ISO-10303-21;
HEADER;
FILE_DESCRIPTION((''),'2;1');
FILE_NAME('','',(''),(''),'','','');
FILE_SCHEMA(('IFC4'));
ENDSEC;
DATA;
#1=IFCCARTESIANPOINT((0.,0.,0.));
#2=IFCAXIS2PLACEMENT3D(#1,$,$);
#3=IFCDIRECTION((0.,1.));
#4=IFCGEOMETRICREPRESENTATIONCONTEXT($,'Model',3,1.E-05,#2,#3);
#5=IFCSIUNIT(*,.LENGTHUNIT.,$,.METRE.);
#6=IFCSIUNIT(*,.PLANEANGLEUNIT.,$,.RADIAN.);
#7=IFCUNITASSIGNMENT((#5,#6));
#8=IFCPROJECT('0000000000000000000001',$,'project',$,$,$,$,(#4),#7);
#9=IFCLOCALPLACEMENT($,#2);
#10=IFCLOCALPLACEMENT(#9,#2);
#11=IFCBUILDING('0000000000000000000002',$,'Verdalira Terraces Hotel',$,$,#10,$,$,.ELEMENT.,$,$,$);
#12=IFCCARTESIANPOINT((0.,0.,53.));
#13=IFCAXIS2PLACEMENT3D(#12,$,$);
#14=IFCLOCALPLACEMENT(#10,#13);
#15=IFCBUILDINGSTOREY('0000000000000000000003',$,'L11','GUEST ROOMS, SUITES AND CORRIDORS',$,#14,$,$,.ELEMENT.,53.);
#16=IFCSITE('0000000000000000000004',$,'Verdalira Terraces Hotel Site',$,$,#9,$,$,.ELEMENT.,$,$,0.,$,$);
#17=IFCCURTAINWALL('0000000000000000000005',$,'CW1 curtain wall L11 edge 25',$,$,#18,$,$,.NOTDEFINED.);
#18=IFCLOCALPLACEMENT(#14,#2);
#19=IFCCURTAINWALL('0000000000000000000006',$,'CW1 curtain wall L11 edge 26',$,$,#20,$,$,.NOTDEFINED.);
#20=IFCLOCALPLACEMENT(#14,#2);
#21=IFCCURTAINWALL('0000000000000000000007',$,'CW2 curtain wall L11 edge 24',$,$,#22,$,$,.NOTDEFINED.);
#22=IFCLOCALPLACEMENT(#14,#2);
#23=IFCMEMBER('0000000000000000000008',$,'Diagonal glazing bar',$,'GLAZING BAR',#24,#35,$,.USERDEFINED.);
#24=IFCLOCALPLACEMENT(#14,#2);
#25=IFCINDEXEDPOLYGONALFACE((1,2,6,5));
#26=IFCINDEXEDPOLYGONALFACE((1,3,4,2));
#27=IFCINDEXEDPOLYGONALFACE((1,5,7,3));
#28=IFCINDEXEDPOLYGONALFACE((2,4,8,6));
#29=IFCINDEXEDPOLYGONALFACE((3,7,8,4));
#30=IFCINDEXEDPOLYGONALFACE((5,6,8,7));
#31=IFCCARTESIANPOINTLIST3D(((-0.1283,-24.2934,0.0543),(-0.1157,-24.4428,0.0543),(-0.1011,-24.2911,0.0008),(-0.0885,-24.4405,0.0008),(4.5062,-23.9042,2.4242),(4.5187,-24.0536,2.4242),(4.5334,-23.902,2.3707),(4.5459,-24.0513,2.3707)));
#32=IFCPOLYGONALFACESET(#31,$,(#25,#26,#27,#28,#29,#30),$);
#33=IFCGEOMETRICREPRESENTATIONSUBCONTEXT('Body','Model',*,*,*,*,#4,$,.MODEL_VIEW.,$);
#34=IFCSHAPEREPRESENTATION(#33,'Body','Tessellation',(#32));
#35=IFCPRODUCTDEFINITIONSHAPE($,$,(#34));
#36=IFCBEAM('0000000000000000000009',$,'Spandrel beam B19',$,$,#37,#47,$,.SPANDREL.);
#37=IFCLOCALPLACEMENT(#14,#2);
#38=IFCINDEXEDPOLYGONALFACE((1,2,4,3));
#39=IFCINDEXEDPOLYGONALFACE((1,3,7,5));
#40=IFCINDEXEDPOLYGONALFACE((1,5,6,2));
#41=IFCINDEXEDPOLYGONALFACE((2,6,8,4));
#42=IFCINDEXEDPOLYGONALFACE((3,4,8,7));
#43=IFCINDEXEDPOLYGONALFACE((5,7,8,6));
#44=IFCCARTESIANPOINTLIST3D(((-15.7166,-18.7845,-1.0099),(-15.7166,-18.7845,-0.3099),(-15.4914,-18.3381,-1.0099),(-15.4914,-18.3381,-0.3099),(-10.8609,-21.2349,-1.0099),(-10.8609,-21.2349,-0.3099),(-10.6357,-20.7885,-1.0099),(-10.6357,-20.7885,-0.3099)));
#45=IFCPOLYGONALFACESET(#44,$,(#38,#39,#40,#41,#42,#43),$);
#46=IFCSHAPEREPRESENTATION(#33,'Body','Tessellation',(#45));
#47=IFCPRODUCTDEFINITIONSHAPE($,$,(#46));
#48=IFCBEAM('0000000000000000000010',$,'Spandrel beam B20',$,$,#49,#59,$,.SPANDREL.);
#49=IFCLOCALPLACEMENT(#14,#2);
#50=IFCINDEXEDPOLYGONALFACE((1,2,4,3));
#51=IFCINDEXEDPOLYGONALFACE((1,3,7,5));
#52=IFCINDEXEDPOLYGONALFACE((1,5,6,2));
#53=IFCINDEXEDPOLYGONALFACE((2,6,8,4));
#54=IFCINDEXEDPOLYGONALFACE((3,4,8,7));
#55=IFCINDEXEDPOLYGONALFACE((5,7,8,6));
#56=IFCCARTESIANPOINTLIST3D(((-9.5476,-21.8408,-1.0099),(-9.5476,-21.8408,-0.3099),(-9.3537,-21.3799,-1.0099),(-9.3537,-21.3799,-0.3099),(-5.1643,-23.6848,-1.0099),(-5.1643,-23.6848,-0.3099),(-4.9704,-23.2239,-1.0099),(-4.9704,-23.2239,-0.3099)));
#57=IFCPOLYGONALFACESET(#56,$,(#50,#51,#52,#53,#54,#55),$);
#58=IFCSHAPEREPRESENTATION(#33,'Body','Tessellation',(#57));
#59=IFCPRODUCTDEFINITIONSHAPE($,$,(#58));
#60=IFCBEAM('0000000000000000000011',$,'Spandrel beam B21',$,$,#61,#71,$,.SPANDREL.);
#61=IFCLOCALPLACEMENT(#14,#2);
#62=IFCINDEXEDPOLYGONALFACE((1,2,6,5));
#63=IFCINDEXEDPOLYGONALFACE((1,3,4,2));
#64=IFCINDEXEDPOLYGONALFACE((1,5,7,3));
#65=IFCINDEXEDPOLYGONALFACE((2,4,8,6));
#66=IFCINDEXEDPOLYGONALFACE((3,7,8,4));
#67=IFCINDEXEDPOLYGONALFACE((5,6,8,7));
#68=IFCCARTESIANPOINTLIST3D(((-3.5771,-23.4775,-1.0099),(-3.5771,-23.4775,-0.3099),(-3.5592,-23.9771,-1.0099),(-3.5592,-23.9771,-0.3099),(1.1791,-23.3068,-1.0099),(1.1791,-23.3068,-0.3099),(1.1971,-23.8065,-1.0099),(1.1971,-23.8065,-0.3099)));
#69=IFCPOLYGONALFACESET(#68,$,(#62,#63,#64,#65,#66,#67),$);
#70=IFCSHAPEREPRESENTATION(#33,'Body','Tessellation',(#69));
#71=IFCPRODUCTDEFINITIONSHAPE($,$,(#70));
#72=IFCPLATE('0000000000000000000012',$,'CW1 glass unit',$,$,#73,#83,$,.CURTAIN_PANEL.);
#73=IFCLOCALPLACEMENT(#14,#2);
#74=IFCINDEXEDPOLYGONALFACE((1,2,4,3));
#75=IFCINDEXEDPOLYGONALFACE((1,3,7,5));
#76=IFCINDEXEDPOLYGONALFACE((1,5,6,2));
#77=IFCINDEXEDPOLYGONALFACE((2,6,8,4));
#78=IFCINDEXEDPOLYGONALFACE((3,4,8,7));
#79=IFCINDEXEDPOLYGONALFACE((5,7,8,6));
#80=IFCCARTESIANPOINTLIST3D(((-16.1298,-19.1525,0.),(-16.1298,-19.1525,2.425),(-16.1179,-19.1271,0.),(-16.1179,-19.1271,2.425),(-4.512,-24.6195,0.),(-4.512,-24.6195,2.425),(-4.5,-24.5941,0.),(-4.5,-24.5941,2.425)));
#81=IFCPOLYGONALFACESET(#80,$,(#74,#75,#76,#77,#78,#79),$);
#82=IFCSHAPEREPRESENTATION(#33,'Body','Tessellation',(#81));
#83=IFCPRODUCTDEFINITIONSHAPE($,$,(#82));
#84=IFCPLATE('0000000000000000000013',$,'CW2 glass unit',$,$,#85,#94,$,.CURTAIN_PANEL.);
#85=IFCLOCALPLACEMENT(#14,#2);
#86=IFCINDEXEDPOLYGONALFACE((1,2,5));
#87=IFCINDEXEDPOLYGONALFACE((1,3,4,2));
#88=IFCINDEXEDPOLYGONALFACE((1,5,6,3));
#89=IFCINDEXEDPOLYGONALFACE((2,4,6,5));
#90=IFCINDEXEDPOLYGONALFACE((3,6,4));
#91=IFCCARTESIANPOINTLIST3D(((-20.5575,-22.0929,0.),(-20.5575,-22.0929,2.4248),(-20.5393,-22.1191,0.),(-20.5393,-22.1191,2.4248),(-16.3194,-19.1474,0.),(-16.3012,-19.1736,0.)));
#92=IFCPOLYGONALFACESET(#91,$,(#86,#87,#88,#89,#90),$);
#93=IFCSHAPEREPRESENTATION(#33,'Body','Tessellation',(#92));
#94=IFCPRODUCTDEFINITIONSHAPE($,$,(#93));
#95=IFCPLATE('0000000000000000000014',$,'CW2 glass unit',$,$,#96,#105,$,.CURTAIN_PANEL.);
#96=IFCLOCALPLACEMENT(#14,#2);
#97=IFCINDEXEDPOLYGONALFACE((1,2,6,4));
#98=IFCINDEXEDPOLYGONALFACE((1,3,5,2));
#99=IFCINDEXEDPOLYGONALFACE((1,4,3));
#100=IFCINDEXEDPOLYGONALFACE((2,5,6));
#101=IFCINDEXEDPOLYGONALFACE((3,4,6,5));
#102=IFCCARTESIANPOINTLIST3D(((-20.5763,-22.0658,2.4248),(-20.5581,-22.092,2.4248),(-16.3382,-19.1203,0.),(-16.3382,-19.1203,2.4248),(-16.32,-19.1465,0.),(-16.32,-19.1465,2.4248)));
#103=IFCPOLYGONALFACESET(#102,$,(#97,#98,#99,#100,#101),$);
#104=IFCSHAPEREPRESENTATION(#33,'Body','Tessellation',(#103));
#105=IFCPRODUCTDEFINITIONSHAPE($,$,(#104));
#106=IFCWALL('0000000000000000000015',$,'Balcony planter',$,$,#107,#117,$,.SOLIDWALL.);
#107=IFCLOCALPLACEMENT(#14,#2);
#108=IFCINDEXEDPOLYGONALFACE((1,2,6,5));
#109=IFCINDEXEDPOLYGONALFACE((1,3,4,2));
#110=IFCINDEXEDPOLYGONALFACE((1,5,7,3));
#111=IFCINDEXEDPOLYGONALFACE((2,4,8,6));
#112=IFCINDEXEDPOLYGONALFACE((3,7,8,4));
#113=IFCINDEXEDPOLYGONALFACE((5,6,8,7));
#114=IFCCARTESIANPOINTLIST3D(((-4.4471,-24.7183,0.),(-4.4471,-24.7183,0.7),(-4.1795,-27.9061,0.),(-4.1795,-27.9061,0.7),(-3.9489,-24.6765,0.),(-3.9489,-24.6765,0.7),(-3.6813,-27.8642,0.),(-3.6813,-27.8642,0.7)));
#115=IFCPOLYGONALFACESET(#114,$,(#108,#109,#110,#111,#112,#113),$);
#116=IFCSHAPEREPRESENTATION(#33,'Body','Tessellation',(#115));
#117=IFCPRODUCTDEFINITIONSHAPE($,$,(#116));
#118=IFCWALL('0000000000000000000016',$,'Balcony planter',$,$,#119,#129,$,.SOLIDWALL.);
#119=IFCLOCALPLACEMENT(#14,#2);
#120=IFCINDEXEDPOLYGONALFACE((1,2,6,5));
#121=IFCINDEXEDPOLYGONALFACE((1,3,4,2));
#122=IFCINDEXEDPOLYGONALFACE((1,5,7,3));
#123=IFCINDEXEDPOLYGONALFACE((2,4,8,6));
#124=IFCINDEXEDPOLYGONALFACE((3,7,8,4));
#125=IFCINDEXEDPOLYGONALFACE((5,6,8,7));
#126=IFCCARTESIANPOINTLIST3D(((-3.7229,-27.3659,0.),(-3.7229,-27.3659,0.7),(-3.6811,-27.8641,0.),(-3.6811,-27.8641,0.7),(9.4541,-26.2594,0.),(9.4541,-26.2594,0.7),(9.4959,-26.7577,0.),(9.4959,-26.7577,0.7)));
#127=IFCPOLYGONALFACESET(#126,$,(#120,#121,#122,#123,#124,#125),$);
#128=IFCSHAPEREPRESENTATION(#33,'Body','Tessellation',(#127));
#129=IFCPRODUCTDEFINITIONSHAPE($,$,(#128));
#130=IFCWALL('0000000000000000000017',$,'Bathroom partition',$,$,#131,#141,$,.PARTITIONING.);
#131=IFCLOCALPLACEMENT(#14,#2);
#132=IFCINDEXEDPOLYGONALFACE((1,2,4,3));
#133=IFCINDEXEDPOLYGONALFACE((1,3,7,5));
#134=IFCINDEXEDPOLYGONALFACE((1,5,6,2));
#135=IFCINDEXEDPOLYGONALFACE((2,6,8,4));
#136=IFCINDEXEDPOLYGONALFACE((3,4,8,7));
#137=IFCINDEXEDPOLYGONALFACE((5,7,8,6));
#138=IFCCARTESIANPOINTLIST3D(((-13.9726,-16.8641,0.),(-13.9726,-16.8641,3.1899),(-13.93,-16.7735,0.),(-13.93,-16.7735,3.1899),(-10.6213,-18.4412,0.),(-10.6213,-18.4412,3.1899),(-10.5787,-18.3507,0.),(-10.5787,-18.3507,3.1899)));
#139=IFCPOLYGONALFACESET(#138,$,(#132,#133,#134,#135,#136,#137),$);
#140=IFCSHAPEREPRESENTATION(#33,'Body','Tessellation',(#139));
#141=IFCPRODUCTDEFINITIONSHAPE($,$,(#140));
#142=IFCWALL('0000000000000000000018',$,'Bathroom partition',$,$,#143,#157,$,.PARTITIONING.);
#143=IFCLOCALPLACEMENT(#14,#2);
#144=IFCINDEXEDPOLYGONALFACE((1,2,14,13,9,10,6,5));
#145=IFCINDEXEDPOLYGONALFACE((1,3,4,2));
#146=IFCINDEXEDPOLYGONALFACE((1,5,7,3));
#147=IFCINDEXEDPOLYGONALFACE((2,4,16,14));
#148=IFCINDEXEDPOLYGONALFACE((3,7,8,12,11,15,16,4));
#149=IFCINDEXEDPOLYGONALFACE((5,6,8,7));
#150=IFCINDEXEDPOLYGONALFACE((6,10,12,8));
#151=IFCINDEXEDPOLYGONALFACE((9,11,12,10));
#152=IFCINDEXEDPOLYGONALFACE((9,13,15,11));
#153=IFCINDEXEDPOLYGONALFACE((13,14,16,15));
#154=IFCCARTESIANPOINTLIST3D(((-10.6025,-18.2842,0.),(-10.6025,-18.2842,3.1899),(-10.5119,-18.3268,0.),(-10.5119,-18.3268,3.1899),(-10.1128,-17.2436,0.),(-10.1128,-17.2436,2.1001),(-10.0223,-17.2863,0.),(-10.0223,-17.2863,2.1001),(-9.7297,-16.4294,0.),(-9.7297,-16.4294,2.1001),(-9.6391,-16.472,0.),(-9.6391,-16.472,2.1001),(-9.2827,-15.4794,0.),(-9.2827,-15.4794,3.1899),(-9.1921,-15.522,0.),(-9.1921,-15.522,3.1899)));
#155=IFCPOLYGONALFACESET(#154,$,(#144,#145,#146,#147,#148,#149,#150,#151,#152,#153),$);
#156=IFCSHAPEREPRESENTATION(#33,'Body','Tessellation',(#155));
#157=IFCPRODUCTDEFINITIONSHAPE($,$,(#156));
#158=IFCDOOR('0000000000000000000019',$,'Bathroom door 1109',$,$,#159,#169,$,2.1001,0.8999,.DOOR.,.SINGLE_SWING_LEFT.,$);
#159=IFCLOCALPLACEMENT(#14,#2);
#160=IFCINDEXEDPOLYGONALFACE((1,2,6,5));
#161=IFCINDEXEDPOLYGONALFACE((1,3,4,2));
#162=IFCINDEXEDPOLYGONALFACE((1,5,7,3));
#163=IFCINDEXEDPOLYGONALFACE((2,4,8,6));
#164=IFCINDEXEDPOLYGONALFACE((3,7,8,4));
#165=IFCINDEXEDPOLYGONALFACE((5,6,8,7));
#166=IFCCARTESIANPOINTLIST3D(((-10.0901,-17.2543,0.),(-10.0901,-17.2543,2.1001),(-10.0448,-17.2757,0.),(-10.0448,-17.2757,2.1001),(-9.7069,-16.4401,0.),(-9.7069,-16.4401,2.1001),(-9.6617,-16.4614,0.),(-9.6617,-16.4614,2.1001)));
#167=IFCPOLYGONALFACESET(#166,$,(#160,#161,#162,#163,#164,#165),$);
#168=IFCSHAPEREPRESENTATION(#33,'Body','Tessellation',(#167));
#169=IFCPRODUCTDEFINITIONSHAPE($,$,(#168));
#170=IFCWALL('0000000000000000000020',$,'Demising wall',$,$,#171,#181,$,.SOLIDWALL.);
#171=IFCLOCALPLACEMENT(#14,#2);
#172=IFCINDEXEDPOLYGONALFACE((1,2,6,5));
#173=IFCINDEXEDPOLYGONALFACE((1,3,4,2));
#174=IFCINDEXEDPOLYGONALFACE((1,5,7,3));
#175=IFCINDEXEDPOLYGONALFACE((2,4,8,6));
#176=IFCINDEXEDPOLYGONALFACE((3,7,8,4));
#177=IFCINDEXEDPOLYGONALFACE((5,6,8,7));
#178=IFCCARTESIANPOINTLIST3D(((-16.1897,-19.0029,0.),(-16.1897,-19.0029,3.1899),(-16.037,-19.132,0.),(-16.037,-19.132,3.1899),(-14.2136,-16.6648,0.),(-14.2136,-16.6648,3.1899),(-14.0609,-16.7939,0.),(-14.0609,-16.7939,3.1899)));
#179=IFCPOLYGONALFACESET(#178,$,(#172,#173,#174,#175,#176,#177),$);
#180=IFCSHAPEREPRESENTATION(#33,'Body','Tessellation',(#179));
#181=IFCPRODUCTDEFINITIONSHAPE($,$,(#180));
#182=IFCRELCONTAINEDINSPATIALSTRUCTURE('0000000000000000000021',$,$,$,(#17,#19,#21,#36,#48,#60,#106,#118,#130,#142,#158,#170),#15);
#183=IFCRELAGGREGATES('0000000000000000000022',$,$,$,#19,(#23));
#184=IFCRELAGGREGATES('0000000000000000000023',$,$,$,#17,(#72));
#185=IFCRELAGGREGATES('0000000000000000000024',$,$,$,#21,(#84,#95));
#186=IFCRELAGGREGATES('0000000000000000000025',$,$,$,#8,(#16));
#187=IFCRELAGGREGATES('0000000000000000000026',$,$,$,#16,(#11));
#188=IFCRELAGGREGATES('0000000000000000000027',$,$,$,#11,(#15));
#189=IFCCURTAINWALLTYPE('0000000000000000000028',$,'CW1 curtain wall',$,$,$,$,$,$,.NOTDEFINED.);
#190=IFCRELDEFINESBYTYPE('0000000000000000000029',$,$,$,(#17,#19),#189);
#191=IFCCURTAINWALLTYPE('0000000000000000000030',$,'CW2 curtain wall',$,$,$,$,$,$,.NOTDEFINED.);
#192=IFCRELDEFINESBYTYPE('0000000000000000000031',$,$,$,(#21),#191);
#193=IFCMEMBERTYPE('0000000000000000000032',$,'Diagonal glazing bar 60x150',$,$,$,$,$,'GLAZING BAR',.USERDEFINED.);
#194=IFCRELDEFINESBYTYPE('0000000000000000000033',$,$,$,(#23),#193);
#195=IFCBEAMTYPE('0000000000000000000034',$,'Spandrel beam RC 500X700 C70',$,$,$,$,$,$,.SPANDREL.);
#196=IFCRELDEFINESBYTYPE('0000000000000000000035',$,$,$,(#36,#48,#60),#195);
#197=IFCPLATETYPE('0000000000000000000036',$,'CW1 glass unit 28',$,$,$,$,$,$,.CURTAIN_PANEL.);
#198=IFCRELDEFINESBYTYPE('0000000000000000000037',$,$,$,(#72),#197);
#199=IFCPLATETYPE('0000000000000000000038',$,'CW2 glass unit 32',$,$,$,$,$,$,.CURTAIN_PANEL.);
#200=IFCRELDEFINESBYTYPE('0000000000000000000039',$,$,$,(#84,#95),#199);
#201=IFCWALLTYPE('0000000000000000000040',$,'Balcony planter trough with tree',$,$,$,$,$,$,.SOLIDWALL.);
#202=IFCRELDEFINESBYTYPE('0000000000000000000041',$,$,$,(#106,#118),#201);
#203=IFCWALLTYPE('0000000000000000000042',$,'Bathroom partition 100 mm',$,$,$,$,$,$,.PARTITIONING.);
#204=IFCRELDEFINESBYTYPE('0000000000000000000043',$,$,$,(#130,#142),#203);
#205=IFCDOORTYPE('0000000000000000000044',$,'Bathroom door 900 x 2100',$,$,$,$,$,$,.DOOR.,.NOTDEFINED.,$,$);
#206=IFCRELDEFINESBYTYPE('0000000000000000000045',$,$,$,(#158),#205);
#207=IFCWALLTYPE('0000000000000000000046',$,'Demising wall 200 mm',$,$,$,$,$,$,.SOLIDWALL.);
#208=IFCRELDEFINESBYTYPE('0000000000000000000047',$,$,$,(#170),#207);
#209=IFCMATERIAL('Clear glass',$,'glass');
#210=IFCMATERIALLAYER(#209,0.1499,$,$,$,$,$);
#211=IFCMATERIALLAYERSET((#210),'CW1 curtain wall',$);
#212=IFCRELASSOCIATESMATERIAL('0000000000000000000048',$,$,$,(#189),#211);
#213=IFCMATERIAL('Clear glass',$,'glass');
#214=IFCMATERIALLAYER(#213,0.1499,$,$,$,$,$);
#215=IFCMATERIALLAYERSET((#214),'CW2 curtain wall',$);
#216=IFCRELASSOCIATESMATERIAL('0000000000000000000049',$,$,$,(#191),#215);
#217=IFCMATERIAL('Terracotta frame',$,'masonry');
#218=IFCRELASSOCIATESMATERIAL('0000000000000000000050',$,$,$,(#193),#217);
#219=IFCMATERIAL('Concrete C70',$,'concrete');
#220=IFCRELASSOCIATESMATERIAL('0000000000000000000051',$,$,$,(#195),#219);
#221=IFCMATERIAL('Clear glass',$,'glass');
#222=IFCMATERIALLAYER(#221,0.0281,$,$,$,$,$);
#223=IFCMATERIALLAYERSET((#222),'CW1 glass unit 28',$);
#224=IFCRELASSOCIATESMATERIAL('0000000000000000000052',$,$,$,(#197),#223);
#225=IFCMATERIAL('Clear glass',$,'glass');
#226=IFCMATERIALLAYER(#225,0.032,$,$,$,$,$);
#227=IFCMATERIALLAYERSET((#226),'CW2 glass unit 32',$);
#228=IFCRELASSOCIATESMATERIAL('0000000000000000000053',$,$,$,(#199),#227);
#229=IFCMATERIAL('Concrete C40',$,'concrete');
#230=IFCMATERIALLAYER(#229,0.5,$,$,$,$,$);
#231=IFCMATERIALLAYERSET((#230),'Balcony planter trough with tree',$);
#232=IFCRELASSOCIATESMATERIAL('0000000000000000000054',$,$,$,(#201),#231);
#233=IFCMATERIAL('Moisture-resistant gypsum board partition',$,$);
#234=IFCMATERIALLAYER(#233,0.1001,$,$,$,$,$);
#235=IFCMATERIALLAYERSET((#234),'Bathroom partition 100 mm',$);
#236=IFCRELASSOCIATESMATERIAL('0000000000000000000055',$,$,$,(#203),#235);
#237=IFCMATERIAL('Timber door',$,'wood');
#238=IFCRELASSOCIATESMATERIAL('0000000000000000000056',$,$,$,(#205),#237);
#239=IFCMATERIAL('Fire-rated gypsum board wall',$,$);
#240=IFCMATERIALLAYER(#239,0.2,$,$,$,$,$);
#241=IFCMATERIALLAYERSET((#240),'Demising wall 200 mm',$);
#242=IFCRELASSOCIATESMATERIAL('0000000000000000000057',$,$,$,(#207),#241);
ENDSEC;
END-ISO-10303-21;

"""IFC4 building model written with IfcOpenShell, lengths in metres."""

from ifc_helpers import new_model, si_unit, direction, frame, frame_2d, origin, origin_2d, place, context, subcontext, project, spatial, polyline, rectangle, outline, extrude, material, layer, layer_set, material_profile, profile_set, type_object, element, fill, aggregate, save


model = new_model("IFC4")

# Units and contexts
model_context = context("Model", 3, precision=1e-05, world=origin(), true_north=direction((0.0, 1.0)))
body_context = subcontext(model_context, "Body", "Model", "MODEL_VIEW")
ifc_project = project(units=[si_unit("LENGTHUNIT", "METRE"), si_unit("PLANEANGLEUNIT", "RADIAN")], contexts=[model_context])

# Site, building, storey
site_placement = place(None, origin())
site = spatial("IfcSite", under=ifc_project, at=site_placement, Name="Verdalira Terraces Hotel Site", CompositionType="ELEMENT", RefElevation=0.0)
building_placement = place(site_placement, origin())
building = spatial("IfcBuilding", under=site, at=building_placement, Name="Verdalira Terraces Hotel", CompositionType="ELEMENT")
storey_placement = place(building_placement, frame((0.0, 0.0, 53.0)))
storey = spatial("IfcBuildingStorey", under=building, at=storey_placement, Name="L11", Description="GUEST ROOMS, SUITES AND CORRIDORS", CompositionType="ELEMENT", Elevation=53.0)

# Curtain wall
ifc_material_1 = material(Name="Clear glass", Category="glass")
ifc_layer_1 = layer(ifc_material_1, 0.1499)
ifc_layer_set_1 = layer_set([ifc_layer_1], Name="CW1 curtain wall")
curtain_wall_type_1 = type_object("IfcCurtainWallType", Name="CW1 curtain wall", PredefinedType="NOTDEFINED", material=ifc_layer_set_1)
curtain_wall_1_placement = place(storey_placement, origin())
curtain_wall_1 = element("IfcCurtainWall", 1, at=curtain_wall_1_placement, inside=storey, type_object=curtain_wall_type_1, Name="CW1 curtain wall L11 edge 25", PredefinedType="NOTDEFINED")

# Curtain wall
curtain_wall_2_placement = place(storey_placement, origin())
curtain_wall_2 = element("IfcCurtainWall", 2, at=curtain_wall_2_placement, inside=storey, type_object=curtain_wall_type_1, Name="CW1 curtain wall L11 edge 26", PredefinedType="NOTDEFINED")

# Curtain wall
ifc_material_2 = material(Name="Clear glass", Category="glass")
ifc_layer_2 = layer(ifc_material_2, 0.1499)
ifc_layer_set_2 = layer_set([ifc_layer_2], Name="CW2 curtain wall")
curtain_wall_type_2 = type_object("IfcCurtainWallType", Name="CW2 curtain wall", PredefinedType="NOTDEFINED", material=ifc_layer_set_2)
curtain_wall_3_placement = place(storey_placement, origin())
curtain_wall_3 = element("IfcCurtainWall", 3, at=curtain_wall_3_placement, inside=storey, type_object=curtain_wall_type_2, Name="CW2 curtain wall L11 edge 24", PredefinedType="NOTDEFINED")
ifc_material_3 = material(Name="Terracotta frame", Category="masonry")
ifc_material_profile_1 = material_profile(ifc_material_3, rectangle(XDim=0.1499, YDim=0.0601, at=origin_2d()), Name="GB 60x150")
ifc_profile_set_1 = profile_set([ifc_material_profile_1], Name="Terracotta frame")
member_type_1 = type_object("IfcMemberType", Name="Diagonal glazing bar 60x150", ElementType="GLAZING BAR", PredefinedType="USERDEFINED", material=ifc_profile_set_1)

# Member
member_1_placement = place(storey_placement, frame((-0.1084, -24.3669, 0.0276), z_axis=(0.88787, 0.074554, 0.454014), x_axis=(-0.083675, 0.996493, 0.0)))
member_1 = element("IfcMember", 4, at=member_1_placement, type_object=member_type_1, Name="Diagonal glazing bar", ObjectType="GLAZING BAR", PredefinedType="USERDEFINED", context=body_context, shape_type="SweptSolid", body=[
    extrude(rectangle(XDim=0.1499, YDim=0.0601, at=origin_2d()), origin(), (0.0, 0.0, 1.0), 5.2197),
])
aggregate(curtain_wall_2, [member_1])

# Beams
ifc_material_4 = material(Name="Concrete C70", Category="concrete")
ifc_material_profile_2 = material_profile(ifc_material_4, rectangle(XDim=0.5, YDim=0.7, at=origin_2d()), Name="RC 500X700")
ifc_profile_set_2 = profile_set([ifc_material_profile_2], Name="Concrete C70")
beam_type_1 = type_object("IfcBeamType", Name="Spandrel beam RC 500X700 C70", PredefinedType="SPANDREL", material=ifc_profile_set_2)
beam_1_placement = place(storey_placement, frame((-15.604, -18.5613, -0.6599), z_axis=(0.89276, -0.450532, 0.0), x_axis=(0.450532, 0.89276, 0.0)))
element("IfcBeam", 5, at=beam_1_placement, inside=storey, type_object=beam_type_1, Name="Spandrel beam B19", PredefinedType="SPANDREL", context=body_context, shape_type="SweptSolid", body=[
    extrude(rectangle(XDim=0.5, YDim=0.7, at=origin_2d()), origin(), (0.0, 0.0, 1.0), 5.439),
])
beam_2_placement = place(storey_placement, frame((-9.4507, -21.6104, -0.6599), z_axis=(0.921756, -0.38777, 0.0), x_axis=(0.38777, 0.921756, 0.0)))
element("IfcBeam", 6, at=beam_2_placement, inside=storey, type_object=beam_type_1, Name="Spandrel beam B20", PredefinedType="SPANDREL", context=body_context, shape_type="SweptSolid", body=[
    extrude(rectangle(XDim=0.5, YDim=0.7, at=origin_2d()), origin(), (0.0, 0.0, 1.0), 4.7554),
])
beam_3_placement = place(storey_placement, frame((-3.5681, -23.7273, -0.6599), z_axis=(0.999357, 0.035858, 0.0), x_axis=(-0.035858, 0.999357, 0.0)))
element("IfcBeam", 7, at=beam_3_placement, inside=storey, type_object=beam_type_1, Name="Spandrel beam B21", PredefinedType="SPANDREL", context=body_context, shape_type="SweptSolid", body=[
    extrude(rectangle(XDim=0.5, YDim=0.7, at=origin_2d()), origin(), (0.0, 0.0, 1.0), 4.7593),
])

# Plates
ifc_material_5 = material(Name="Clear glass", Category="glass")
ifc_layer_3 = layer(ifc_material_5, 0.0281)
ifc_layer_set_3 = layer_set([ifc_layer_3], Name="CW1 glass unit 28")
plate_type_1 = type_object("IfcPlateType", Name="CW1 glass unit 28", PredefinedType="CURTAIN_PANEL", material=ifc_layer_set_3)
plate_1_placement = place(storey_placement, frame((-10.3149, -21.8733, 0.0), z_axis=(0.0, 0.0, 1.0), x_axis=(0.904827, -0.425779, 0.0)))
plate_1 = element("IfcPlate", 8, at=plate_1_placement, type_object=plate_type_1, Name="CW1 glass unit", PredefinedType="CURTAIN_PANEL", context=body_context, shape_type="SweptSolid", body=[
    extrude(rectangle(XDim=12.8398, YDim=0.0281, at=origin_2d()), origin(), (0.0, 0.0, 1.0), 2.425),
])
aggregate(curtain_wall_1, [plate_1])
ifc_material_6 = material(Name="Clear glass", Category="glass")
ifc_layer_4 = layer(ifc_material_6, 0.032)
ifc_layer_set_4 = layer_set([ifc_layer_4], Name="CW2 glass unit 32")
plate_type_2 = type_object("IfcPlateType", Name="CW2 glass unit 32", PredefinedType="CURTAIN_PANEL", material=ifc_layer_set_4)
plate_2_placement = place(storey_placement, frame((-18.4385, -20.6201, 1.2124), z_axis=(0.570714, -0.821149, 0.0), x_axis=(0.821149, 0.570714, 0.0)))
plate_2 = element("IfcPlate", 9, at=plate_2_placement, type_object=plate_type_2, Name="CW2 glass unit", PredefinedType="CURTAIN_PANEL", context=body_context, shape_type="SweptSolid", body=[
    extrude(outline(polyline([(-2.5806, -1.2124), (2.5806, -1.2124), (-2.5806, 1.2124), (-2.5806, -1.2124)])), origin(), (0.0, 0.0, 1.0), 0.032),
])
plate_3_placement = place(storey_placement, frame((-18.4573, -20.593, 1.2124), z_axis=(0.570714, -0.821149, 0.0), x_axis=(0.821149, 0.570714, 0.0)))
plate_3 = element("IfcPlate", 10, at=plate_3_placement, type_object=plate_type_2, Name="CW2 glass unit", PredefinedType="CURTAIN_PANEL", context=body_context, shape_type="SweptSolid", body=[
    extrude(outline(polyline([(2.5806, -1.2124), (2.5806, 1.2124), (-2.5806, 1.2124), (2.5806, -1.2124)])), origin(), (0.0, 0.0, 1.0), 0.032),
])
aggregate(curtain_wall_3, [plate_2, plate_3])

# Walls
ifc_material_7 = material(Name="Concrete C40", Category="concrete")
ifc_layer_5 = layer(ifc_material_7, 0.5)
ifc_layer_set_5 = layer_set([ifc_layer_5], Name="Balcony planter trough with tree")
wall_type_1 = type_object("IfcWallType", Name="Balcony planter trough with tree", PredefinedType="SOLIDWALL", material=ifc_layer_set_5)
wall_1_placement = place(storey_placement, frame((-4.198, -24.6973, 0.0), z_axis=(0.0, 0.0, 1.0), x_axis=(0.083645, -0.996496, 0.0)))
element("IfcWall", 11, at=wall_1_placement, inside=storey, type_object=wall_type_1, Name="Balcony planter", PredefinedType="SOLIDWALL", context=body_context, shape_type="SweptSolid", body=[
    extrude(rectangle(XDim=3.199, YDim=0.5, at=frame_2d((1.5996, 0.0))), origin(), (0.0, 0.0, 1.0), 0.7),
])
wall_2_placement = place(storey_placement, frame((-3.7021, -27.615, 0.0), z_axis=(0.0, 0.0, 1.0), x_axis=(0.996493, 0.083673, 0.0)))
element("IfcWall", 12, at=wall_2_placement, inside=storey, type_object=wall_type_1, Name="Balcony planter", PredefinedType="SOLIDWALL", context=body_context, shape_type="SweptSolid", body=[
    extrude(rectangle(XDim=13.2234, YDim=0.5, at=frame_2d((6.6118, 0.0))), origin(), (0.0, 0.0, 1.0), 0.7),
])
ifc_material_8 = material(Name="Moisture-resistant gypsum board partition")
ifc_layer_6 = layer(ifc_material_8, 0.1001)
ifc_layer_set_6 = layer_set([ifc_layer_6], Name="Bathroom partition 100 mm")
wall_type_2 = type_object("IfcWallType", Name="Bathroom partition 100 mm", PredefinedType="PARTITIONING", material=ifc_layer_set_6)
wall_3_placement = place(storey_placement, frame((-10.5999, -18.396, 0.0), z_axis=(0.0, 0.0, 1.0), x_axis=(-0.904813, 0.42581, 0.0)))
element("IfcWall", 13, at=wall_3_placement, inside=storey, type_object=wall_type_2, Name="Bathroom partition", PredefinedType="PARTITIONING", context=body_context, shape_type="SweptSolid", body=[
    extrude(rectangle(XDim=3.7039, YDim=0.1001, at=frame_2d((1.8521, 0.0))), origin(), (0.0, 0.0, 1.0), 3.1899),
])

# Wall, opening, door
wall_4_placement = place(storey_placement, frame((-10.5571, -18.3054, 0.0), z_axis=(0.0, 0.0, 1.0), x_axis=(0.425759, 0.904837, 0.0)))
wall_4 = element("IfcWall", 14, at=wall_4_placement, inside=storey, type_object=wall_type_2, Name="Bathroom partition", PredefinedType="PARTITIONING", context=body_context, shape_type="SweptSolid", body=[
    extrude(rectangle(XDim=3.0999, YDim=0.1001, at=frame_2d((1.5498, 0.0))), origin(), (0.0, 0.0, 1.0), 3.1899),
])
opening_1_placement = place(wall_4_placement, frame((1.1499, 0.0, 0.0)))
opening_1 = element("IfcOpeningElement", 15, at=opening_1_placement, cuts=wall_4, PredefinedType="OPENING", context=body_context, shape_type="SweptSolid", body=[
    extrude(rectangle(XDim=0.8999, YDim=2.1001, at=frame_2d((0.45, 1.05))), frame((0.0, 0.0601, 0.0), z_axis=(0.0, -1.0, 0.0), x_axis=(1.0, 0.0, 0.0)), (0.0, 0.0, 1.0), 0.1201),
])
ifc_material_9 = material(Name="Timber door", Category="wood")
door_type_1 = type_object("IfcDoorType", Name="Bathroom door 900 x 2100", OperationType="NOTDEFINED", PredefinedType="DOOR", material=ifc_material_9)
door_1_placement = place(opening_1_placement, origin())
door_1 = element("IfcDoor", 16, at=door_1_placement, inside=storey, type_object=door_type_1, Name="Bathroom door 1109", OperationType="SINGLE_SWING_LEFT", OverallHeight=2.1001, OverallWidth=0.8999, PredefinedType="DOOR", context=body_context, shape_type="SweptSolid", body=[
    extrude(rectangle(XDim=0.8999, YDim=2.1001, at=frame_2d((0.45, 1.05))), frame((0.0, 0.0249, 0.0), z_axis=(0.0, -1.0, 0.0), x_axis=(1.0, 0.0, 0.0)), (0.0, 0.0, 1.0), 0.05),
])
fill(opening_1, door_1)

# Wall
ifc_material_10 = material(Name="Fire-rated gypsum board wall")
ifc_layer_7 = layer(ifc_material_10, 0.2)
ifc_layer_set_7 = layer_set([ifc_layer_7], Name="Demising wall 200 mm")
wall_type_3 = type_object("IfcWallType", Name="Demising wall 200 mm", PredefinedType="SOLIDWALL", material=ifc_layer_set_7)
wall_5_placement = place(storey_placement, frame((-14.1372, -16.7292, 0.0), z_axis=(0.0, 0.0, 1.0), x_axis=(-0.645495, -0.763764, 0.0)))
element("IfcWall", 17, at=wall_5_placement, inside=storey, type_object=wall_type_3, Name="Demising wall", PredefinedType="SOLIDWALL", context=body_context, shape_type="SweptSolid", body=[
    extrude(rectangle(XDim=3.0613, YDim=0.2, at=frame_2d((1.5308, 0.0))), origin(), (0.0, 0.0, 1.0), 3.1899),
])

save(model, "model.ifc")
